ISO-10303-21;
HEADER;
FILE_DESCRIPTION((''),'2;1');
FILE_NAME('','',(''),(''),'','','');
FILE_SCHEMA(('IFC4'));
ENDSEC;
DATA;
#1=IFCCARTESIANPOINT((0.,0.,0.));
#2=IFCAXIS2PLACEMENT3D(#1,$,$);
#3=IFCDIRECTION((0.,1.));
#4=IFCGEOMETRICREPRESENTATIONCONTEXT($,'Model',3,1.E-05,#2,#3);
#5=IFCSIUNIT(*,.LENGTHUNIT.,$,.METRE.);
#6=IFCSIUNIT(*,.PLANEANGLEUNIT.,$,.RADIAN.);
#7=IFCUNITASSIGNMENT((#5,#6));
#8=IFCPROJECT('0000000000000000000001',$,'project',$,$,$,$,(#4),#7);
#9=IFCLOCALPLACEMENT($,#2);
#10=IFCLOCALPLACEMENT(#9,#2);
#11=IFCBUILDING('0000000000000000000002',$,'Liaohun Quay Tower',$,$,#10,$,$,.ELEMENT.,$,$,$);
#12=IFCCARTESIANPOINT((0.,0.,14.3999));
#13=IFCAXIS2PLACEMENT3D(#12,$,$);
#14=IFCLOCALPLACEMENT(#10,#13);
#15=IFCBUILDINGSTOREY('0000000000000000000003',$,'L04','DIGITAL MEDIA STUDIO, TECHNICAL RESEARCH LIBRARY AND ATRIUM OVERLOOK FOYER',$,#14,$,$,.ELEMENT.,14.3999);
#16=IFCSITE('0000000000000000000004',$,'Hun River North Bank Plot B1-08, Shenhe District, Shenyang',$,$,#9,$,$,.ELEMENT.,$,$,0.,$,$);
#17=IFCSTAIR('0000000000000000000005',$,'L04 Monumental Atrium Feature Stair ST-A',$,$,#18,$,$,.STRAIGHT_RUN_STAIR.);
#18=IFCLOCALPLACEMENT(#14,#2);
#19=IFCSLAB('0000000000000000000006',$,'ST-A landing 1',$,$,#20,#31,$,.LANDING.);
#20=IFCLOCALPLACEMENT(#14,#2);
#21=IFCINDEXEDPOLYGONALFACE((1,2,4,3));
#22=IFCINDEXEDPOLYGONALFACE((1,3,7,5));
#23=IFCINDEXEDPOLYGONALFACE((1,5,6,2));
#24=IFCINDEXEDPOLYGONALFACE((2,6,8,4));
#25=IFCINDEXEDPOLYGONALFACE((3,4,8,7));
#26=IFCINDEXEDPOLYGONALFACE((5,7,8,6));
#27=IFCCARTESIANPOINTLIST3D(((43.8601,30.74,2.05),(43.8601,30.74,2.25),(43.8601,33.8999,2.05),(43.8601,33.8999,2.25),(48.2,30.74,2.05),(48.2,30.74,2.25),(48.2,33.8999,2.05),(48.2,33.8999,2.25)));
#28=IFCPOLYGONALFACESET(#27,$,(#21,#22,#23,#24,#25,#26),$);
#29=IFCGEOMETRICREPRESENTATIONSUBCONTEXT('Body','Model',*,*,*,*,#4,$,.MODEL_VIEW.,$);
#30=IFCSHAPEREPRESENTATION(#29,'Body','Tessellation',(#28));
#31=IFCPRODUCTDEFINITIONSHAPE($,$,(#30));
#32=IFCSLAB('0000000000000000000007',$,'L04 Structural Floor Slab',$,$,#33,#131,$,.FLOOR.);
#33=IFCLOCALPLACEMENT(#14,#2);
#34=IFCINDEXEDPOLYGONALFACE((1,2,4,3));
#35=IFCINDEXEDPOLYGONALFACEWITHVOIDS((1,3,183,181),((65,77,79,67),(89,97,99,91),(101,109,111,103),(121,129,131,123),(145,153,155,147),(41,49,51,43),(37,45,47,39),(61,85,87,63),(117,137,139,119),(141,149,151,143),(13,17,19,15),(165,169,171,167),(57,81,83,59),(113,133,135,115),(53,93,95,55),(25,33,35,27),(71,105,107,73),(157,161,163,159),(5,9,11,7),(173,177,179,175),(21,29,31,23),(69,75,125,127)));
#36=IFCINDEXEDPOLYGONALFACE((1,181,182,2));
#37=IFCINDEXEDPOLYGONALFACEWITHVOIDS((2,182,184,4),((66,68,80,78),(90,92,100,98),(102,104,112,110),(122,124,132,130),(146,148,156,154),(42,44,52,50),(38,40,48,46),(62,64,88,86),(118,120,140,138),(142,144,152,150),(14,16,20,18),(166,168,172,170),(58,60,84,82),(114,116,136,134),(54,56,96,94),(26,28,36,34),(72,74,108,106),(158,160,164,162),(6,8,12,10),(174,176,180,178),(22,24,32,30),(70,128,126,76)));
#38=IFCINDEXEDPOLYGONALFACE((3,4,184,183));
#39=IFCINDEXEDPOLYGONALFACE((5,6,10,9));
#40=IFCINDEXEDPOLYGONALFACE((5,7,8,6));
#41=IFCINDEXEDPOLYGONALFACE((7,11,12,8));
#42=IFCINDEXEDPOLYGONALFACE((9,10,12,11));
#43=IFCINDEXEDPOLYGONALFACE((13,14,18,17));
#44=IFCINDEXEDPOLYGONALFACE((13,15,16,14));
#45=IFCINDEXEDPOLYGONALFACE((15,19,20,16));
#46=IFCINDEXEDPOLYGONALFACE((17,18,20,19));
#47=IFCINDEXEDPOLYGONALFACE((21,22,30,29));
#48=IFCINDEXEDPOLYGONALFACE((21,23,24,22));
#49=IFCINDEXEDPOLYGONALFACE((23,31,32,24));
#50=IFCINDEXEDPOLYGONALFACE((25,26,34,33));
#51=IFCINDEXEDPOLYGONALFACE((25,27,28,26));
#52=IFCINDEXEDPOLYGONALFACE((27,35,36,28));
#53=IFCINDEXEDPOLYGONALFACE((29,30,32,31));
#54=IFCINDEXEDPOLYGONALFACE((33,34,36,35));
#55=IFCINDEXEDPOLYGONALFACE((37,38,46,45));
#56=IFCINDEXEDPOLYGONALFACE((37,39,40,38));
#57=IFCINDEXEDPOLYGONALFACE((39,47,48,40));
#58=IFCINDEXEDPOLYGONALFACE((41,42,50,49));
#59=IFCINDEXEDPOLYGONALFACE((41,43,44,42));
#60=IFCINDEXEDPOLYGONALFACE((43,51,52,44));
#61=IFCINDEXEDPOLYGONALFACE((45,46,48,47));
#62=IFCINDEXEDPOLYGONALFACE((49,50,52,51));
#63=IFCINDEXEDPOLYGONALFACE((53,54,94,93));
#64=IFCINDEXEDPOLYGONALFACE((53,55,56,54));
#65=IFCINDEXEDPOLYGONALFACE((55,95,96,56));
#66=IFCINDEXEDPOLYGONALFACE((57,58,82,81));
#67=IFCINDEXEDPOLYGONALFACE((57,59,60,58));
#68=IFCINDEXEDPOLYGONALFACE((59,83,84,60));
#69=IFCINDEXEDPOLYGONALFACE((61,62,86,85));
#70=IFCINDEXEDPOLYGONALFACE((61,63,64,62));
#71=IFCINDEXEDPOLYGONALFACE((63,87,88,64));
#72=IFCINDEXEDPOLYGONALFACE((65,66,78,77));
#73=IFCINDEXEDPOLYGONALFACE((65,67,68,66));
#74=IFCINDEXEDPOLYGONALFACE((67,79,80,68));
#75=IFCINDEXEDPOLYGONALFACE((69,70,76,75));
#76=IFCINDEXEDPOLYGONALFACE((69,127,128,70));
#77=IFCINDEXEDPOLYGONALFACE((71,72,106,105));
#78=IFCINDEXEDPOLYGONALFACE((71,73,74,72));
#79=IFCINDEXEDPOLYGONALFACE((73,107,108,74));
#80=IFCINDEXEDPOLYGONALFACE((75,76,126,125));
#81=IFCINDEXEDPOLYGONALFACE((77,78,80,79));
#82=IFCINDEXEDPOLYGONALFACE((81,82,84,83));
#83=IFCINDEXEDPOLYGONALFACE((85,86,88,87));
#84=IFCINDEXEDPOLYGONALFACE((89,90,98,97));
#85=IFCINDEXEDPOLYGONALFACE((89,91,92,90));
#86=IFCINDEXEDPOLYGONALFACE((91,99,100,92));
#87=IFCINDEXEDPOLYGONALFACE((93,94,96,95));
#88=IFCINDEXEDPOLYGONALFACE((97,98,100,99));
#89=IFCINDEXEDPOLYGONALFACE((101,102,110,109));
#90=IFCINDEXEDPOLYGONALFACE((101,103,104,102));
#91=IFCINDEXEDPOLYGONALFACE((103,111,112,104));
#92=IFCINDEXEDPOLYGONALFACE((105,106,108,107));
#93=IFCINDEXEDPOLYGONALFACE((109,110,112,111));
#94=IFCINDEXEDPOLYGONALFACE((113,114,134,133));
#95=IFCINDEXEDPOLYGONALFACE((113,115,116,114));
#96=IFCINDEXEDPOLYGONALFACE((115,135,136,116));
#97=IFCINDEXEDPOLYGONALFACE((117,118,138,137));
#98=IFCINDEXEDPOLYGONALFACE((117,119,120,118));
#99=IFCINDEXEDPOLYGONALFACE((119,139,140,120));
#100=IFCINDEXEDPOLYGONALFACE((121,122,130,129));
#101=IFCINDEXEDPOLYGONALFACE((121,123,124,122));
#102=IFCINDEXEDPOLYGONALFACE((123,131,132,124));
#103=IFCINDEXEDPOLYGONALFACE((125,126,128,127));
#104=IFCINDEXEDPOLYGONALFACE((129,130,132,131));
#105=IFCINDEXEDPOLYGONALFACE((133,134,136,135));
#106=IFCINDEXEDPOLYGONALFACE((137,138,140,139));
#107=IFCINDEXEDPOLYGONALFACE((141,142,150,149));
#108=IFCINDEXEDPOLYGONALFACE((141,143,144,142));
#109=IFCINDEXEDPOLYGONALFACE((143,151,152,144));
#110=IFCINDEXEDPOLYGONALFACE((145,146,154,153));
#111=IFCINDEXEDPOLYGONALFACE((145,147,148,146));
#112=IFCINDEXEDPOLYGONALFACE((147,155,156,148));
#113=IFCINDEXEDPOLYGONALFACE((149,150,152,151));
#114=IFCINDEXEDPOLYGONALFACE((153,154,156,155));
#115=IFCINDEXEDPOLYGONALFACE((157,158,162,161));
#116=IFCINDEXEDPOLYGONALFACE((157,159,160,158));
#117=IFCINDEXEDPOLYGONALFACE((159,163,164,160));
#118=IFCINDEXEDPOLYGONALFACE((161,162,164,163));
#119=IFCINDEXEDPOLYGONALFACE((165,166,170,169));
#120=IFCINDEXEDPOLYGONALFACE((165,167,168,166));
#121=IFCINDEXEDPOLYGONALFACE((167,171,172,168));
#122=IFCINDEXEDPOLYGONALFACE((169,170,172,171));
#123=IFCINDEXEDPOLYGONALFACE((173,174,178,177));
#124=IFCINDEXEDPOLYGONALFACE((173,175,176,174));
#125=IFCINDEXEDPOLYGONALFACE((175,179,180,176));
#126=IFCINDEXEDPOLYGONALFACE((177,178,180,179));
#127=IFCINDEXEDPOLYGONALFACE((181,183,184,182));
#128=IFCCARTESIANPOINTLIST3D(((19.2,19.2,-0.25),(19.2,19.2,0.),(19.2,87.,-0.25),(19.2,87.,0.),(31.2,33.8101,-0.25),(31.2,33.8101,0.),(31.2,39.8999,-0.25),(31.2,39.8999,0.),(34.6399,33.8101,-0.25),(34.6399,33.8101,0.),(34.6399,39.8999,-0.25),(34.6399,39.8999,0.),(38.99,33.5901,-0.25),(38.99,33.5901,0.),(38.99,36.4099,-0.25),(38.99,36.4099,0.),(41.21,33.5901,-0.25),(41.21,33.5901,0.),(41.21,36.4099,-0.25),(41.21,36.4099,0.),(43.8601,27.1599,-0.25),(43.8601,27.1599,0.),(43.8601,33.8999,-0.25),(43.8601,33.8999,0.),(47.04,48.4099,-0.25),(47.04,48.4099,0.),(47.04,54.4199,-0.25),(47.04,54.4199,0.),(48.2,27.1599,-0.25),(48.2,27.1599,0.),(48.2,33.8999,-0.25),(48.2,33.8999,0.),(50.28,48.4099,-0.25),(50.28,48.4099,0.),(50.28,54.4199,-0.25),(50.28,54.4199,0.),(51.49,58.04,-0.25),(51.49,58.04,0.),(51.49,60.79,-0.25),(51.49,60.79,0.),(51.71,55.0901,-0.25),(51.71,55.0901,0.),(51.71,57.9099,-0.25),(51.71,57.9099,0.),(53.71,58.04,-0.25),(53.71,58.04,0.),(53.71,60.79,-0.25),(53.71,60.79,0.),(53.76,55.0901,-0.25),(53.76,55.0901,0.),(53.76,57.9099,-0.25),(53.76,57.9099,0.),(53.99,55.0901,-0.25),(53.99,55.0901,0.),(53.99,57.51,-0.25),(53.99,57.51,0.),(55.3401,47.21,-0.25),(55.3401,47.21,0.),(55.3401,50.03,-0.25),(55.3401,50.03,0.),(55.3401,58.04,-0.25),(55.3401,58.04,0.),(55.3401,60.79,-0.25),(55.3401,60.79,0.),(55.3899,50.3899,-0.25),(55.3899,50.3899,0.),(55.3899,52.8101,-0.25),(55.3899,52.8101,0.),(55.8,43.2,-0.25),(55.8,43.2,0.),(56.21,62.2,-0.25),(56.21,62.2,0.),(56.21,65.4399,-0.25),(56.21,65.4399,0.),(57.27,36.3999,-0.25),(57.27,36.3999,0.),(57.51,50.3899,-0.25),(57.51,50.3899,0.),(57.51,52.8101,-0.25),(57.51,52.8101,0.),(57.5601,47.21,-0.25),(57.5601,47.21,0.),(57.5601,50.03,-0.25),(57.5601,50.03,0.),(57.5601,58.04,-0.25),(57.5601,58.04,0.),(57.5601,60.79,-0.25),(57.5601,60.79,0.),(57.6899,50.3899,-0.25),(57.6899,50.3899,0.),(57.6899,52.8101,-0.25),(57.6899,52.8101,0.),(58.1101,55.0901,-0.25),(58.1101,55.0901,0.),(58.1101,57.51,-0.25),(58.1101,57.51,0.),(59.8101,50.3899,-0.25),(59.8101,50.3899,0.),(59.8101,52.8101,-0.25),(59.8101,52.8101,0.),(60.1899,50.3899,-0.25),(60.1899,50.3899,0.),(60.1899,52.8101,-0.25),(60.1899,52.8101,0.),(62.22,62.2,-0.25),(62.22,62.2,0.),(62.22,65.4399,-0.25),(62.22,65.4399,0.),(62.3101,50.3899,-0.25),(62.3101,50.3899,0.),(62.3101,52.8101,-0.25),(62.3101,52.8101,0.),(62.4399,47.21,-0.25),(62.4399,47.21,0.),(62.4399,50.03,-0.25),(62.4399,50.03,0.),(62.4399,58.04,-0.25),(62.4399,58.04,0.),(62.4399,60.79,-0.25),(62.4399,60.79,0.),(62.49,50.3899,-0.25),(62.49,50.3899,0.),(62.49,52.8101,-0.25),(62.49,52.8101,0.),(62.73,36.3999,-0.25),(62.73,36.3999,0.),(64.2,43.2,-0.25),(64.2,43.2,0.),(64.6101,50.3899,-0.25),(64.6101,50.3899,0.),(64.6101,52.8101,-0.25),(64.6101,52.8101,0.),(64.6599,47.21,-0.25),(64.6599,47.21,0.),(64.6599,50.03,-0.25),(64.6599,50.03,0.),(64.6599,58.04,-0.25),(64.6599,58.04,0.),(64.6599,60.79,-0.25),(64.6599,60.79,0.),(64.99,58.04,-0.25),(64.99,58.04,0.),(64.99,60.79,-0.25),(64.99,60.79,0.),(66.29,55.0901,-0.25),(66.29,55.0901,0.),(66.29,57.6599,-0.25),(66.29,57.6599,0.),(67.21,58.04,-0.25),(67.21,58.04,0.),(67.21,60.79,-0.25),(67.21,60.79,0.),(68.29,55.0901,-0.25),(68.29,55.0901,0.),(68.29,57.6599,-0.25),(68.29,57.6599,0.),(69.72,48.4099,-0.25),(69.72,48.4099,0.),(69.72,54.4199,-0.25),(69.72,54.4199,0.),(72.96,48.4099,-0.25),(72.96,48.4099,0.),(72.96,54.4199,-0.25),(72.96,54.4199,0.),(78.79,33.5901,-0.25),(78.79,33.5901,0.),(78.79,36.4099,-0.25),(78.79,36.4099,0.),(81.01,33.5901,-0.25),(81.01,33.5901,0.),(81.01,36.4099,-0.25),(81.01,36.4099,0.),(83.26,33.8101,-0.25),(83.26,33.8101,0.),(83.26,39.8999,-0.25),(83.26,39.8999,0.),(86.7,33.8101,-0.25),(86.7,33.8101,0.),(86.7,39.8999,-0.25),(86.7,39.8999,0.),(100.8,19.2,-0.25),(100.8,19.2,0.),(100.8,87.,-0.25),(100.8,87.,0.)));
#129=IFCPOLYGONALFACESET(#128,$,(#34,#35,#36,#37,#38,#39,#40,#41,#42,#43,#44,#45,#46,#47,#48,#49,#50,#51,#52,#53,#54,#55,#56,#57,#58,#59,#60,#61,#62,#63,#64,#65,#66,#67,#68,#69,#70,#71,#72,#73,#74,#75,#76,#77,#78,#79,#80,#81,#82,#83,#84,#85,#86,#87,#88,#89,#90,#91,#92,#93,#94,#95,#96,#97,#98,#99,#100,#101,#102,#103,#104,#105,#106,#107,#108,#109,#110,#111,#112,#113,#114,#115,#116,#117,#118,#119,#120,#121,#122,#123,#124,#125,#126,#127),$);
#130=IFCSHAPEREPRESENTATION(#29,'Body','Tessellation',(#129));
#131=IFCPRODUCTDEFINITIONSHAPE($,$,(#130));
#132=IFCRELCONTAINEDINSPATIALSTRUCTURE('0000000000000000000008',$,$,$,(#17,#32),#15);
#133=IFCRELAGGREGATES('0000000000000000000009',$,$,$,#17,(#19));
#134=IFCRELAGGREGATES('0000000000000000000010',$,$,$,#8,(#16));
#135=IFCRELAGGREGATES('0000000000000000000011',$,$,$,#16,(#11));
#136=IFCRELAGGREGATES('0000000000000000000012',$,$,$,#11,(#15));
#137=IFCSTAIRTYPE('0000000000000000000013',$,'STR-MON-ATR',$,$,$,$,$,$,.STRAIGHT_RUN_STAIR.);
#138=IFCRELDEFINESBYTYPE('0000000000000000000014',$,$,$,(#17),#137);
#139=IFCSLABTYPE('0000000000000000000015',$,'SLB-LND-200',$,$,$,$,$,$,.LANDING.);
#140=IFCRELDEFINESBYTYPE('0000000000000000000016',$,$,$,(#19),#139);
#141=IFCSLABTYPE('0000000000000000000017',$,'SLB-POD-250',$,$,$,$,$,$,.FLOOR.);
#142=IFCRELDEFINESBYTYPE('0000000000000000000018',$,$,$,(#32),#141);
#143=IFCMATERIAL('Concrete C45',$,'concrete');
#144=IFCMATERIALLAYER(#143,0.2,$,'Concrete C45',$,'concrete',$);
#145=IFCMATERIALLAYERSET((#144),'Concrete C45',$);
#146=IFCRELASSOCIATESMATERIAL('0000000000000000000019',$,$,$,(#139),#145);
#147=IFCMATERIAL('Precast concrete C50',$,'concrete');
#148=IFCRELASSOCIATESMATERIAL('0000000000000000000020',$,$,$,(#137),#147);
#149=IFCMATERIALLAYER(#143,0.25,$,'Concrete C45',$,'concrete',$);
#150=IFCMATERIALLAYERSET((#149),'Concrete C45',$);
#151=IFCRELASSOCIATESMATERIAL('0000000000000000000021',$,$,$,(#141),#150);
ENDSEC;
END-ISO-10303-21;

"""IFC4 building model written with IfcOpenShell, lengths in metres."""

from ifc_helpers import new_model, si_unit, direction, frame, origin, place, context, subcontext, project, spatial, polyline, outline, extrude, material, layer, layer_set, type_object, element, aggregate, save


model = new_model("IFC4")

# Units and contexts
model_context = context("Model", 3, precision=1e-05, world=origin(), true_north=direction((0.0, 1.0)))
body_context = subcontext(model_context, "Body", "Model", "MODEL_VIEW")
ifc_project = project(units=[si_unit("LENGTHUNIT", "METRE"), si_unit("PLANEANGLEUNIT", "RADIAN")], contexts=[model_context])

# Site, building, storey
site_placement = place(None, origin())
site = spatial("IfcSite", under=ifc_project, at=site_placement, Name="Hun River North Bank Plot B1-08, Shenhe District, Shenyang", CompositionType="ELEMENT", RefElevation=0.0)
building_placement = place(site_placement, origin())
building = spatial("IfcBuilding", under=site, at=building_placement, Name="Liaohun Quay Tower", CompositionType="ELEMENT")
storey_placement = place(building_placement, frame((0.0, 0.0, 14.3999)))
storey = spatial("IfcBuildingStorey", under=building, at=storey_placement, Name="L04", Description="DIGITAL MEDIA STUDIO, TECHNICAL RESEARCH LIBRARY AND ATRIUM OVERLOOK FOYER", CompositionType="ELEMENT", Elevation=14.3999)

# Stair, slab
ifc_material_1 = material(Name="Concrete C45", Category="concrete")
ifc_layer_1 = layer(ifc_material_1, 0.2, Name="Concrete C45", Category="concrete")
ifc_layer_set_1 = layer_set([ifc_layer_1], Name="Concrete C45")
slab_type_1 = type_object("IfcSlabType", Name="SLB-LND-200", PredefinedType="LANDING", material=ifc_layer_set_1)
ifc_material_2 = material(Name="Precast concrete C50", Category="concrete")
stair_type_1 = type_object("IfcStairType", Name="STR-MON-ATR", PredefinedType="STRAIGHT_RUN_STAIR", material=ifc_material_2)
stair_1_placement = place(storey_placement, origin())
stair_1 = element("IfcStair", 1, at=stair_1_placement, inside=storey, type_object=stair_type_1, Name="L04 Monumental Atrium Feature Stair ST-A", PredefinedType="STRAIGHT_RUN_STAIR")
slab_1_placement = place(storey_placement, frame((0.0, 0.0, 2.05)))
slab_1 = element("IfcSlab", 2, at=slab_1_placement, type_object=slab_type_1, Name="ST-A landing 1", PredefinedType="LANDING", context=body_context, shape_type="SweptSolid", body=[
    extrude(outline(polyline([(48.2, 30.74), (48.2, 33.8999), (43.8601, 33.8999), (43.8601, 30.74), (48.2, 30.74)])), origin(), (0.0, 0.0, 1.0), 0.2),
])
aggregate(stair_1, [slab_1])

# Slab
ifc_layer_2 = layer(ifc_material_1, 0.25, Name="Concrete C45", Category="concrete")
ifc_layer_set_2 = layer_set([ifc_layer_2], Name="Concrete C45")
slab_type_2 = type_object("IfcSlabType", Name="SLB-POD-250", PredefinedType="FLOOR", material=ifc_layer_set_2)
slab_2_placement = place(storey_placement, frame((0.0, 0.0, -0.25)))
element("IfcSlab", 3, at=slab_2_placement, inside=storey, type_object=slab_type_2, Name="L04 Structural Floor Slab", PredefinedType="FLOOR", context=body_context, shape_type="SweptSolid", body=[
    extrude(outline(polyline([(19.2, 19.2), (100.8, 19.2), (100.8, 87.0), (19.2, 87.0), (19.2, 19.2)]), holes=[polyline([(48.2, 33.8999), (43.8601, 33.8999), (43.8601, 27.1599), (48.2, 27.1599), (48.2, 33.8999)]), polyline([(41.21, 33.5901), (41.21, 36.4099), (38.99, 36.4099), (38.99, 33.5901), (41.21, 33.5901)]), polyline([(34.6399, 39.8999), (31.2, 39.8999), (31.2, 33.8101), (34.6399, 33.8101), (34.6399, 39.8999)]), polyline([(55.3401, 47.21), (57.5601, 47.21), (57.5601, 50.03), (55.3401, 50.03), (55.3401, 47.21)]), polyline([(50.28, 48.4099), (50.28, 54.4199), (47.04, 54.4199), (47.04, 48.4099), (50.28, 48.4099)]), polyline([(57.51, 50.3899), (57.51, 52.8101), (55.3899, 52.8101), (55.3899, 50.3899), (57.51, 50.3899)]), polyline([(57.6899, 50.3899), (59.8101, 50.3899), (59.8101, 52.8101), (57.6899, 52.8101), (57.6899, 50.3899)]), polyline([(53.99, 55.0901), (58.1101, 55.0901), (58.1101, 57.51), (53.99, 57.51), (53.99, 55.0901)]), polyline([(51.71, 55.0901), (53.76, 55.0901), (53.76, 57.9099), (51.71, 57.9099), (51.71, 55.0901)]), polyline([(51.49, 58.04), (53.71, 58.04), (53.71, 60.79), (51.49, 60.79), (51.49, 58.04)]), polyline([(57.5601, 58.04), (57.5601, 60.79), (55.3401, 60.79), (55.3401, 58.04), (57.5601, 58.04)]), polyline([(78.79, 33.5901), (81.01, 33.5901), (81.01, 36.4099), (78.79, 36.4099), (78.79, 33.5901)]), polyline([(86.7, 33.8101), (86.7, 39.8999), (83.26, 39.8999), (83.26, 33.8101), (86.7, 33.8101)]), polyline([(62.73, 36.3999), (64.2, 43.2), (55.8, 43.2), (57.27, 36.3999), (62.73, 36.3999)]), polyline([(62.4399, 47.21), (64.6599, 47.21), (64.6599, 50.03), (62.4399, 50.03), (62.4399, 47.21)]), polyline([(72.96, 48.4099), (72.96, 54.4199), (69.72, 54.4199), (69.72, 48.4099), (72.96, 48.4099)]), polyline([(62.3101, 50.3899), (62.3101, 52.8101), (60.1899, 52.8101), (60.1899, 50.3899), (62.3101, 50.3899)]), polyline([(62.49, 50.3899), (64.6101, 50.3899), (64.6101, 52.8101), (62.49, 52.8101), (62.49, 50.3899)]), polyline([(66.29, 55.0901), (68.29, 55.0901), (68.29, 57.6599), (66.29, 57.6599), (66.29, 55.0901)]), polyline([(64.6599, 58.04), (64.6599, 60.79), (62.4399, 60.79), (62.4399, 58.04), (64.6599, 58.04)]), polyline([(64.99, 58.04), (67.21, 58.04), (67.21, 60.79), (64.99, 60.79), (64.99, 58.04)]), polyline([(56.21, 62.2), (62.22, 62.2), (62.22, 65.4399), (56.21, 65.4399), (56.21, 62.2)])]), origin(), (0.0, 0.0, 1.0), 0.25),
])

save(model, "model.ifc")
